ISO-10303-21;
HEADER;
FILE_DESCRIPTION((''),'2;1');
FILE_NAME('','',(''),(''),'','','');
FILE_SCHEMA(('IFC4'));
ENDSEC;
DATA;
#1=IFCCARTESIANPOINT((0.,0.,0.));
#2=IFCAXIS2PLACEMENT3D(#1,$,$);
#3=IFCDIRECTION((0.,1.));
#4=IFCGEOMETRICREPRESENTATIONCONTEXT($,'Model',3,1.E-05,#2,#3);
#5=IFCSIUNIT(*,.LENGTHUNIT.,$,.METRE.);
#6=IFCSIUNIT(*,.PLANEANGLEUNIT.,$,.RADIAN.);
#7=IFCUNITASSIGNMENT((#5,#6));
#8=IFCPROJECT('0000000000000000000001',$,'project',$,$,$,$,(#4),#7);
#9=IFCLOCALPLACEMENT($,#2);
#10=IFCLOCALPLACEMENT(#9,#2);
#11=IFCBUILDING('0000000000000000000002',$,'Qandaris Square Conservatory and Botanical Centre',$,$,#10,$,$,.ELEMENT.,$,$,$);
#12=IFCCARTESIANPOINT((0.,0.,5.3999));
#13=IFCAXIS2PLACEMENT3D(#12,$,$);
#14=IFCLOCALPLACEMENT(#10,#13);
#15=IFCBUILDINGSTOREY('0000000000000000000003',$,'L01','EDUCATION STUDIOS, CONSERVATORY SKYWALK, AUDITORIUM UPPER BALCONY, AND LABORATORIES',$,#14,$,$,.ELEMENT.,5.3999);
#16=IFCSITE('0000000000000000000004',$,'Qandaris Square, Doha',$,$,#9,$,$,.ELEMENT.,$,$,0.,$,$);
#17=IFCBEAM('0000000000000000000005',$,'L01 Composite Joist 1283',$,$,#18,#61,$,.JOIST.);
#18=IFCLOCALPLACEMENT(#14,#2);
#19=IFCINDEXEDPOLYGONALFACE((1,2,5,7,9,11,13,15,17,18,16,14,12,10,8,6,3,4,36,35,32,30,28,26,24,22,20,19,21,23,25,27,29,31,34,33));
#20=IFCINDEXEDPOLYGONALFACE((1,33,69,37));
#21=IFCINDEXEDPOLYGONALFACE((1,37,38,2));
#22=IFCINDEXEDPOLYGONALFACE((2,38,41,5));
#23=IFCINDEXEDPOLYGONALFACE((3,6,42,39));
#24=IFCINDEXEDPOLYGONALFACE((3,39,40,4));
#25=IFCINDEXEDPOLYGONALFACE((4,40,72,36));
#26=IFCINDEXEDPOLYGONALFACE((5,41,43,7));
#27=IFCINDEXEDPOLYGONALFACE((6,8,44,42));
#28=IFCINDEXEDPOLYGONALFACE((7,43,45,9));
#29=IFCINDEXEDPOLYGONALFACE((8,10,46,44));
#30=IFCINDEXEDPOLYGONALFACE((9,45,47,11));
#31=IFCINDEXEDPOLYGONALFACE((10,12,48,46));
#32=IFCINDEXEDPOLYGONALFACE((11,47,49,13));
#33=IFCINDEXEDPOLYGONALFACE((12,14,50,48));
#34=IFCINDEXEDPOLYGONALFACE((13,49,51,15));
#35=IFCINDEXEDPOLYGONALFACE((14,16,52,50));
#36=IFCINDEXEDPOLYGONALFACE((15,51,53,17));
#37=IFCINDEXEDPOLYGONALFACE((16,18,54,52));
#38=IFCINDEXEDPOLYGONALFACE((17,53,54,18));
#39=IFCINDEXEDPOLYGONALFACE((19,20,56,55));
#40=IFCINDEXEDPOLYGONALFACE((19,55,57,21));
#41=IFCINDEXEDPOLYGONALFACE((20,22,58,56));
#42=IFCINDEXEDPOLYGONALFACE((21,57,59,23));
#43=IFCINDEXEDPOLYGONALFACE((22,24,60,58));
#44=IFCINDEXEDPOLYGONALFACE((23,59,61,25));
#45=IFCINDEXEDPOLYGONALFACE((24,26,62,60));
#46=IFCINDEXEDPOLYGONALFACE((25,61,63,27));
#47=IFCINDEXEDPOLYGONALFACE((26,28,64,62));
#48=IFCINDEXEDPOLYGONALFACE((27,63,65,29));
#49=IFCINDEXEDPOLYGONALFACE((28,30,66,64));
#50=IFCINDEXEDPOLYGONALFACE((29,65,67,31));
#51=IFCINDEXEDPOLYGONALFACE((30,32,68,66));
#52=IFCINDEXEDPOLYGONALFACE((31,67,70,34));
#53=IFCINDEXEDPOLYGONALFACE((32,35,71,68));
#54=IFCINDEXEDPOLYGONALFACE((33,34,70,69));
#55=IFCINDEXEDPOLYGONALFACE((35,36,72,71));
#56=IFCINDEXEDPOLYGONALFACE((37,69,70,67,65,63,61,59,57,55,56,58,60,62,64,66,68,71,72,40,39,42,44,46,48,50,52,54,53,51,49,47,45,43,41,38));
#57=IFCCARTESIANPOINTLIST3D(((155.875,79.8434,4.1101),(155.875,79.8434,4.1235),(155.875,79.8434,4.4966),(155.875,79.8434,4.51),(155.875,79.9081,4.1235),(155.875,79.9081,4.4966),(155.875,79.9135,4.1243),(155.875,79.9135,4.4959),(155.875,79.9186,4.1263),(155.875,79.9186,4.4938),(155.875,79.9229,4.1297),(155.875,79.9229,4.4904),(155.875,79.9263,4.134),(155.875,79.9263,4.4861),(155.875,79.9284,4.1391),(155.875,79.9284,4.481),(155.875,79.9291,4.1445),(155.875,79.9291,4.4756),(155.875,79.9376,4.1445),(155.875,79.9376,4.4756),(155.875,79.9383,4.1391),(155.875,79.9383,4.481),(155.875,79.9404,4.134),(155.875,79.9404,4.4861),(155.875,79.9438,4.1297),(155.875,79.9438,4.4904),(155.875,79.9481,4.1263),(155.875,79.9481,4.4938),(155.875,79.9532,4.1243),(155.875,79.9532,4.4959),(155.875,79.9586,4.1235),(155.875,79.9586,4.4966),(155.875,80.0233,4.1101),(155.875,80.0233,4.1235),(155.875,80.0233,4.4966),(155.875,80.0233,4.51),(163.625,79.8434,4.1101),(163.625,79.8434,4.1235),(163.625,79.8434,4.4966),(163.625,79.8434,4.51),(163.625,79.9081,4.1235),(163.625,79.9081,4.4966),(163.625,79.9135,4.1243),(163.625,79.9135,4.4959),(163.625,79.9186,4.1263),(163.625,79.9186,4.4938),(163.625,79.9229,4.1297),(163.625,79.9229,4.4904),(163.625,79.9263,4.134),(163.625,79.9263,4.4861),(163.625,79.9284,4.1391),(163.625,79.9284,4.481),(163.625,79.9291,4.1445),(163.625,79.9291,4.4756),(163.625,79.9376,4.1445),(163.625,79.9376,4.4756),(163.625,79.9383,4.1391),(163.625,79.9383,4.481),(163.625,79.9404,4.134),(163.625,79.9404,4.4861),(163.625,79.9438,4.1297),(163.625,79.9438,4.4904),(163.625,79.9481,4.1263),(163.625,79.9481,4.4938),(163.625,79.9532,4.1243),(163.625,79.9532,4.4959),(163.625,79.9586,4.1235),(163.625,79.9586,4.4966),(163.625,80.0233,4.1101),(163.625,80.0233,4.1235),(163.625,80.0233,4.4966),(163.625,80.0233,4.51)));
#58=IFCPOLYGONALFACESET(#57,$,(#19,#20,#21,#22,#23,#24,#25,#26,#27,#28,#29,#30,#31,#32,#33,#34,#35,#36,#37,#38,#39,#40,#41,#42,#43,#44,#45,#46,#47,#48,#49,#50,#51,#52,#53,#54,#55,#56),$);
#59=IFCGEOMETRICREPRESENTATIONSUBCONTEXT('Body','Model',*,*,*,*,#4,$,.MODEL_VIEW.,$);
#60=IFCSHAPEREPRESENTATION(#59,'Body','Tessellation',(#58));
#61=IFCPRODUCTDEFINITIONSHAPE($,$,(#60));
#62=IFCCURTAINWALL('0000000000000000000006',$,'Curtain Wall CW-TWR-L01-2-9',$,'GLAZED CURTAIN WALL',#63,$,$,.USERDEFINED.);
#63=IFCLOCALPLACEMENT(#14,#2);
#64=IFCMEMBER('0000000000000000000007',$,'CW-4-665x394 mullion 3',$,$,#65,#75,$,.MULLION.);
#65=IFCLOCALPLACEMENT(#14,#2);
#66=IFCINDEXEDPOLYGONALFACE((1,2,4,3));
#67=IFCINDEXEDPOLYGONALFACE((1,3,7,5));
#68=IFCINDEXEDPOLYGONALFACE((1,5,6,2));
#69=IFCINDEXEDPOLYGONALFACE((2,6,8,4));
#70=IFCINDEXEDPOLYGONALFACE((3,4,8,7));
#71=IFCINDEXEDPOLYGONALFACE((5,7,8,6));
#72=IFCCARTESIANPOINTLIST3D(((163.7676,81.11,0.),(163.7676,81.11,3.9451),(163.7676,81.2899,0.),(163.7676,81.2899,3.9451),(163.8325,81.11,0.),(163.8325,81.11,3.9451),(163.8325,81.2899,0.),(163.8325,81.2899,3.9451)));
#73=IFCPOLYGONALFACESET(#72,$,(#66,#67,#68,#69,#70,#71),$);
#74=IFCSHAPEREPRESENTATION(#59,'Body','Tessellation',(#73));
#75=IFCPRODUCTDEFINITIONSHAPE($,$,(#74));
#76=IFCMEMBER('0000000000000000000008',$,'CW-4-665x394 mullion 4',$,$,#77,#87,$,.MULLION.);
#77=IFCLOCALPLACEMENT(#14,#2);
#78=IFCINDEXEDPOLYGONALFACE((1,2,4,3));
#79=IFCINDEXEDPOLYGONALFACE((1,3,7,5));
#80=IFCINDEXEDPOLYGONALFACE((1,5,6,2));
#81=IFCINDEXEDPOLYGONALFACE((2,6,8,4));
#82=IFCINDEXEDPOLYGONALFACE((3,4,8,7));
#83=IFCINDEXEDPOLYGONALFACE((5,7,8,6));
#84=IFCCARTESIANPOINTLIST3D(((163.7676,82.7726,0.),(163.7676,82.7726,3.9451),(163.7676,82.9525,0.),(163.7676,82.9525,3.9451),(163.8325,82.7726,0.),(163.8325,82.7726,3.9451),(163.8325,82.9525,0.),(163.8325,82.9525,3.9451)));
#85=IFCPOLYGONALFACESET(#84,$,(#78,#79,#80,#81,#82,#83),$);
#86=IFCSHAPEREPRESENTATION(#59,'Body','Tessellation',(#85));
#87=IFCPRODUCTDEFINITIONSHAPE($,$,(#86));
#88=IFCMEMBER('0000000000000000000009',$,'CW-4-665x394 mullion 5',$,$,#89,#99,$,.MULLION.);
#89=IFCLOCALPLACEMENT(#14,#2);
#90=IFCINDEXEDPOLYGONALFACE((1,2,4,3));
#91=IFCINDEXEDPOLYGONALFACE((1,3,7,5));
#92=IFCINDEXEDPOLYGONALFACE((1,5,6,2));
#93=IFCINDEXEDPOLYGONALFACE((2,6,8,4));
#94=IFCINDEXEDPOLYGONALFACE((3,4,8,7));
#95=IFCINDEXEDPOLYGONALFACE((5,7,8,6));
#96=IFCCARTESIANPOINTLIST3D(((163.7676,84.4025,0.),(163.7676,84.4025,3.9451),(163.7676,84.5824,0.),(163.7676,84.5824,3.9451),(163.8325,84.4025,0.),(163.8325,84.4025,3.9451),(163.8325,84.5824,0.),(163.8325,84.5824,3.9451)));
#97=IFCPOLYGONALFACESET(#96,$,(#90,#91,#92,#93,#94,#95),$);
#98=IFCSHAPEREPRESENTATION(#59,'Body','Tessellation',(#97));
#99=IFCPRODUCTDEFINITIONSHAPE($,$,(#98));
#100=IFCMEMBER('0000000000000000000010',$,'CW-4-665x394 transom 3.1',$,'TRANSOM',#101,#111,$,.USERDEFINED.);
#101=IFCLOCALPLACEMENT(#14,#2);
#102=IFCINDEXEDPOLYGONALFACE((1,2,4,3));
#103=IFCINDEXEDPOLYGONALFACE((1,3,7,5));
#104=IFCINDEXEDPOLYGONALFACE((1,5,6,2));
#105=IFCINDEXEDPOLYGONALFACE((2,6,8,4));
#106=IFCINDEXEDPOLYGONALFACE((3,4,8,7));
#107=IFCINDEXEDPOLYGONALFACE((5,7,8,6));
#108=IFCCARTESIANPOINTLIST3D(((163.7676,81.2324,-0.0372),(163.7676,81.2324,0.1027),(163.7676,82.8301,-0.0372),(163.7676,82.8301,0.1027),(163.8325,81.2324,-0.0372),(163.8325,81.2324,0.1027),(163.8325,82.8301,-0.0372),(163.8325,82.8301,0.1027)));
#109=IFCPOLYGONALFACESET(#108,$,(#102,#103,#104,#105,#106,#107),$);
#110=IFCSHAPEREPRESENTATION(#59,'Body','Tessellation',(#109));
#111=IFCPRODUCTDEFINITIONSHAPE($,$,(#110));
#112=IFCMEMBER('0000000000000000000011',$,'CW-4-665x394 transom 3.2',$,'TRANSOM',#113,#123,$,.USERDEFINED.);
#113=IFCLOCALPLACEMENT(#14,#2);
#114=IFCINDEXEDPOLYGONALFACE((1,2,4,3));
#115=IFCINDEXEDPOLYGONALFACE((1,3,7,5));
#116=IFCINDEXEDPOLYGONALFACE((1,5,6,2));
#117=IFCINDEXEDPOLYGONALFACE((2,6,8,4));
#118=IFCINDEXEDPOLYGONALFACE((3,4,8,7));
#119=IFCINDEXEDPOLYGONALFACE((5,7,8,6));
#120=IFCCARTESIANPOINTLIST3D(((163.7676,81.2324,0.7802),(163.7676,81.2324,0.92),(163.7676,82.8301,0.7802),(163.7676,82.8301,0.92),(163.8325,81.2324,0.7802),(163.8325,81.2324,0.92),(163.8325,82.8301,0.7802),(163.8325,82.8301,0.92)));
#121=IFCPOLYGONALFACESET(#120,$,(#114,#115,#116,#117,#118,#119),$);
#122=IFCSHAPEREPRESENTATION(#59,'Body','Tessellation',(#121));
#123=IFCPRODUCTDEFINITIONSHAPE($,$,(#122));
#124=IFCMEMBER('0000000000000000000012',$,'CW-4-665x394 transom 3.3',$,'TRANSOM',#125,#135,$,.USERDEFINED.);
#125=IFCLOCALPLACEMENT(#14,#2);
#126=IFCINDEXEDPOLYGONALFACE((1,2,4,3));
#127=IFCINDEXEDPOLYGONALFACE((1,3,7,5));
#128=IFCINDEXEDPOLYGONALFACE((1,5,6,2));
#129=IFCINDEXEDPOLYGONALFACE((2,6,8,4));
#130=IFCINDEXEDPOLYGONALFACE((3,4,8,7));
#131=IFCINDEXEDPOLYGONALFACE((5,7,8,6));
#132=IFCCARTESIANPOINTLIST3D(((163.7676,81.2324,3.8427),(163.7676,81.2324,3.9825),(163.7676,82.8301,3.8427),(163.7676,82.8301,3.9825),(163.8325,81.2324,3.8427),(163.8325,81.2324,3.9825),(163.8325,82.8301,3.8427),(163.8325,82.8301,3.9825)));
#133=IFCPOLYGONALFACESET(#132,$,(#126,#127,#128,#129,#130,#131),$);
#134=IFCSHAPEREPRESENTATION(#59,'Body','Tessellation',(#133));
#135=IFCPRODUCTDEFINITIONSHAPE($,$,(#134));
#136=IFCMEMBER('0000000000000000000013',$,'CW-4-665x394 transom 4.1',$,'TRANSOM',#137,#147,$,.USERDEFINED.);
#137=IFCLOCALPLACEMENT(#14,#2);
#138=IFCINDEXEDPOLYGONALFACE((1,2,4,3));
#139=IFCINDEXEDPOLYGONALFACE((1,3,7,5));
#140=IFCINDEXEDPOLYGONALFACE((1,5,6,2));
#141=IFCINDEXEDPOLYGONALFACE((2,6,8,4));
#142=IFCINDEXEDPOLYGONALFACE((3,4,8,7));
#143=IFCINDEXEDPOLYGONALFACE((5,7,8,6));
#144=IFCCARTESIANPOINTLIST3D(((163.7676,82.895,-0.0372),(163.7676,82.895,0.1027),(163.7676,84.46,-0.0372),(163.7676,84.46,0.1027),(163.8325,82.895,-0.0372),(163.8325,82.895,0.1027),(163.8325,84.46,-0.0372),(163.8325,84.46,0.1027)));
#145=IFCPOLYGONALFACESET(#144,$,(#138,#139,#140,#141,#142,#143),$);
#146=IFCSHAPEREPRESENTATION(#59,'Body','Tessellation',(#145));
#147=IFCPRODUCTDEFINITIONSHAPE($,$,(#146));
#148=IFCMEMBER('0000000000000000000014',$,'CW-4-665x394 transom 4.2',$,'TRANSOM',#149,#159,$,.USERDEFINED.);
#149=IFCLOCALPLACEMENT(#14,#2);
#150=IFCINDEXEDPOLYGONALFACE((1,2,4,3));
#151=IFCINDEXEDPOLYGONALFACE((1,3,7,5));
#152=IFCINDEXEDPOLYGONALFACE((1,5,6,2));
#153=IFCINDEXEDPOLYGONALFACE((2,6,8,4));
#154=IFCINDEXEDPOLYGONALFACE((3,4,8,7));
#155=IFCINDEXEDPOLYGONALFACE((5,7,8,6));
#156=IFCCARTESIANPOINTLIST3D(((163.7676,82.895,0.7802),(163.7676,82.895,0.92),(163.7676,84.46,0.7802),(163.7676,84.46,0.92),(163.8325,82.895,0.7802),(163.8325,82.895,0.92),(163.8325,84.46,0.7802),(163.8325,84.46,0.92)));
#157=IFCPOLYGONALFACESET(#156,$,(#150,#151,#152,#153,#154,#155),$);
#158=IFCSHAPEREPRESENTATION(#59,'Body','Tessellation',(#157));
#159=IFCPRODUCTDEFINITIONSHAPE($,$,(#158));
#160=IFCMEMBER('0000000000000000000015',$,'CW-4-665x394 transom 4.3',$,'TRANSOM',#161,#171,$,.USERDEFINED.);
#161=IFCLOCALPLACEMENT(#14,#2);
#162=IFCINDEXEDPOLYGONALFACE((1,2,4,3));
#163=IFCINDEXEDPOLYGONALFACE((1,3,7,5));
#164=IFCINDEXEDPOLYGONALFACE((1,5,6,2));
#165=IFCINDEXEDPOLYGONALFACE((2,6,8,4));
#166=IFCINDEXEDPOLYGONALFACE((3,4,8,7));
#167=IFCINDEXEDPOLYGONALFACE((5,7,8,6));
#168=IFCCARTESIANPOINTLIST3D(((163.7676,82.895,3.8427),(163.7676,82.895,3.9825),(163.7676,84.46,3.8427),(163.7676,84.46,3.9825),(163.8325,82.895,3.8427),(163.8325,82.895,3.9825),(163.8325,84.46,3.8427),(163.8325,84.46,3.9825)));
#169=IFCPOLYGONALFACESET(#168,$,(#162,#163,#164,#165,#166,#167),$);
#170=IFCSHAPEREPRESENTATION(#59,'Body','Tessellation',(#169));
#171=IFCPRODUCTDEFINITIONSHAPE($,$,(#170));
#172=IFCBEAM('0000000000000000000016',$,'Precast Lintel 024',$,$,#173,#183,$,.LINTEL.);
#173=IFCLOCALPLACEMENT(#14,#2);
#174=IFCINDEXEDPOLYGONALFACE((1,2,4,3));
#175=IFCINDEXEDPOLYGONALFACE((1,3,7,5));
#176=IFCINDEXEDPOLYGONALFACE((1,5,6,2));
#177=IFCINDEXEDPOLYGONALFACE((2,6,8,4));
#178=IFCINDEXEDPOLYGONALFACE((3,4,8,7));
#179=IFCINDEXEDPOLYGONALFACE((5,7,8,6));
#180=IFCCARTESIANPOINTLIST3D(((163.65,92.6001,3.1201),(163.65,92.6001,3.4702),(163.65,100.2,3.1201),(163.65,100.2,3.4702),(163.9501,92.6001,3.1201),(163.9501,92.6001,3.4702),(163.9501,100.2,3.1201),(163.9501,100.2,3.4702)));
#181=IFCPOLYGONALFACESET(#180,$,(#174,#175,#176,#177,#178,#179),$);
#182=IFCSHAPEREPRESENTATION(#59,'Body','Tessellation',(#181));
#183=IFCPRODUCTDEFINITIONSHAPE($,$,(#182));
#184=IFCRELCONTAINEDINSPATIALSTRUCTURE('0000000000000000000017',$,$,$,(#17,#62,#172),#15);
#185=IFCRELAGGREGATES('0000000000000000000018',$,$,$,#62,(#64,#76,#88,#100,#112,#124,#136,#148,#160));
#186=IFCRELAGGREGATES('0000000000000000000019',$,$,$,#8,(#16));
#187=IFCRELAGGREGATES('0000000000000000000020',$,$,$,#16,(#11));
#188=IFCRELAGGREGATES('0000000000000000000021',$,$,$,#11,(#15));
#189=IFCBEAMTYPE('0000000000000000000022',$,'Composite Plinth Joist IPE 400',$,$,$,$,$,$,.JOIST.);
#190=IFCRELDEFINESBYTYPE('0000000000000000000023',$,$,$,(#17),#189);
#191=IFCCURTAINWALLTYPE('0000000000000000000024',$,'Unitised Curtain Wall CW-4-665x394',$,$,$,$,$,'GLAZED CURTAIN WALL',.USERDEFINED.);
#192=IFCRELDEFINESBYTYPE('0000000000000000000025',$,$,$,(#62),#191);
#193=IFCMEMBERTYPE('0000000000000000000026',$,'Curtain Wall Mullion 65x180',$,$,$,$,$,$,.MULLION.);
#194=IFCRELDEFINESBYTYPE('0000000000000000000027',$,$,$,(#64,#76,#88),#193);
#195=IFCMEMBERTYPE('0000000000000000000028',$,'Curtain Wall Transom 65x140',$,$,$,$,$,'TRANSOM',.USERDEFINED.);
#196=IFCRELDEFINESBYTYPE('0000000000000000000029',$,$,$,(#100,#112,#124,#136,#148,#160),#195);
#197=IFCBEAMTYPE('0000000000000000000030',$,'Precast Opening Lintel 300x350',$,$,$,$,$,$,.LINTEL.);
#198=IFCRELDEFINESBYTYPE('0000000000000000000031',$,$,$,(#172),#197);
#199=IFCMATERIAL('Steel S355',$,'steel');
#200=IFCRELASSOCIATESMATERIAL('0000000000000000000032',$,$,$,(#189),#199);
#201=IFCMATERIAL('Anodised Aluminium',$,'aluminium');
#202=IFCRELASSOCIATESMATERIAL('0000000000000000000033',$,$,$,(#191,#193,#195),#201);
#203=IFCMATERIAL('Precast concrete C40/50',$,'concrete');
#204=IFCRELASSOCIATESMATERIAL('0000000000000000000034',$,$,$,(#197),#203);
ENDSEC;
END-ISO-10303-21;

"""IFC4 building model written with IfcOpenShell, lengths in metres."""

from ifc_helpers import new_model, si_unit, direction, frame, origin, origin_2d, place, context, subcontext, project, spatial, rectangle, i_section, extrude, material, material_profile, profile_set, type_object, element, aggregate, save


model = new_model("IFC4")

# Units and contexts
model_context = context("Model", 3, precision=1e-05, world=origin(), true_north=direction((0.0, 1.0)))
body_context = subcontext(model_context, "Body", "Model", "MODEL_VIEW")
ifc_project = project(units=[si_unit("LENGTHUNIT", "METRE"), si_unit("PLANEANGLEUNIT", "RADIAN")], contexts=[model_context])

# Site, building, storey
site_placement = place(None, origin())
site = spatial("IfcSite", under=ifc_project, at=site_placement, Name="Qandaris Square, Doha", CompositionType="ELEMENT", RefElevation=0.0)
building_placement = place(site_placement, origin())
building = spatial("IfcBuilding", under=site, at=building_placement, Name="Qandaris Square Conservatory and Botanical Centre", CompositionType="ELEMENT")
storey_placement = place(building_placement, frame((0.0, 0.0, 5.3999)))
storey = spatial("IfcBuildingStorey", under=building, at=storey_placement, Name="L01", Description="EDUCATION STUDIOS, CONSERVATORY SKYWALK, AUDITORIUM UPPER BALCONY, AND LABORATORIES", CompositionType="ELEMENT", Elevation=5.3999)

# Beam
ifc_material_1 = material(Name="Steel S355", Category="steel")
ifc_material_profile_1 = material_profile(ifc_material_1, i_section(OverallWidth=0.1799, OverallDepth=0.3999, WebThickness=0.0085, FlangeThickness=0.0134, FilletRadius=0.021, at=origin_2d()), Name="IPE 400")
ifc_profile_set_1 = profile_set([ifc_material_profile_1], Name="Steel S355")
beam_type_1 = type_object("IfcBeamType", Name="Composite Plinth Joist IPE 400", PredefinedType="JOIST", material=ifc_profile_set_1)
beam_1_placement = place(storey_placement, frame((155.875, 79.9333, 4.3101), z_axis=(1.0, 0.0, 0.0), x_axis=(0.0, 1.0, 0.0)))
element("IfcBeam", 1, at=beam_1_placement, inside=storey, type_object=beam_type_1, Name="L01 Composite Joist 1283", PredefinedType="JOIST", context=body_context, shape_type="SweptSolid", body=[
    extrude(i_section(OverallWidth=0.1799, OverallDepth=0.3999, WebThickness=0.0085, FlangeThickness=0.0134, FilletRadius=0.021, at=origin_2d()), origin(), (0.0, 0.0, 1.0), 7.75),
])

# Curtain wall, members
ifc_material_2 = material(Name="Anodised Aluminium", Category="aluminium")
curtain_wall_type = type_object("IfcCurtainWallType", Name="Unitised Curtain Wall CW-4-665x394", ElementType="GLAZED CURTAIN WALL", PredefinedType="USERDEFINED", material=ifc_material_2)
curtain_wall_placement = place(storey_placement, origin())
curtain_wall = element("IfcCurtainWall", 2, at=curtain_wall_placement, inside=storey, type_object=curtain_wall_type, Name="Curtain Wall CW-TWR-L01-2-9", ObjectType="GLAZED CURTAIN WALL", PredefinedType="USERDEFINED")
ifc_material_profile_2 = material_profile(ifc_material_2, rectangle(XDim=0.0649, YDim=0.1799, at=origin_2d()), Name="ALU-MUL 65x180")
ifc_profile_set_2 = profile_set([ifc_material_profile_2], Name="Anodised Aluminium")
member_type_1 = type_object("IfcMemberType", Name="Curtain Wall Mullion 65x180", PredefinedType="MULLION", material=ifc_profile_set_2)
member_1_placement = place(storey_placement, frame((163.8, 81.2, 0.0), z_axis=(0.0, 0.0, 1.0), x_axis=(-1.0, 0.0, 0.0)))
member_1 = element("IfcMember", 3, at=member_1_placement, type_object=member_type_1, Name="CW-4-665x394 mullion 3", PredefinedType="MULLION", context=body_context, shape_type="SweptSolid", body=[
    extrude(rectangle(XDim=0.0649, YDim=0.1799, at=origin_2d()), origin(), (0.0, 0.0, 1.0), 3.9451),
])
member_2_placement = place(storey_placement, frame((163.8, 82.8625, 0.0), z_axis=(0.0, 0.0, 1.0), x_axis=(-1.0, 0.0, 0.0)))
member_2 = element("IfcMember", 4, at=member_2_placement, type_object=member_type_1, Name="CW-4-665x394 mullion 4", PredefinedType="MULLION", context=body_context, shape_type="SweptSolid", body=[
    extrude(rectangle(XDim=0.0649, YDim=0.1799, at=origin_2d()), origin(), (0.0, 0.0, 1.0), 3.9451),
])
member_3_placement = place(storey_placement, frame((163.8, 84.4924, 0.0), z_axis=(0.0, 0.0, 1.0), x_axis=(-1.0, 0.0, 0.0)))
member_3 = element("IfcMember", 5, at=member_3_placement, type_object=member_type_1, Name="CW-4-665x394 mullion 5", PredefinedType="MULLION", context=body_context, shape_type="SweptSolid", body=[
    extrude(rectangle(XDim=0.0649, YDim=0.1799, at=origin_2d()), origin(), (0.0, 0.0, 1.0), 3.9451),
])
ifc_material_profile_3 = material_profile(ifc_material_2, rectangle(XDim=0.0649, YDim=0.1399, at=origin_2d()), Name="ALU-TRN 65x140")
ifc_profile_set_3 = profile_set([ifc_material_profile_3], Name="Anodised Aluminium")
member_type_2 = type_object("IfcMemberType", Name="Curtain Wall Transom 65x140", ElementType="TRANSOM", PredefinedType="USERDEFINED", material=ifc_profile_set_3)
member_4_placement = place(storey_placement, frame((163.8, 81.2324, 0.0327), z_axis=(0.0, 1.0, 0.0), x_axis=(-1.0, 0.0, 0.0)))
member_4 = element("IfcMember", 6, at=member_4_placement, type_object=member_type_2, Name="CW-4-665x394 transom 3.1", ObjectType="TRANSOM", PredefinedType="USERDEFINED", context=body_context, shape_type="SweptSolid", body=[
    extrude(rectangle(XDim=0.0649, YDim=0.1399, at=origin_2d()), origin(), (0.0, 0.0, 1.0), 1.5977),
])
member_5_placement = place(storey_placement, frame((163.8, 81.2324, 0.8501), z_axis=(0.0, 1.0, 0.0), x_axis=(-1.0, 0.0, 0.0)))
member_5 = element("IfcMember", 7, at=member_5_placement, type_object=member_type_2, Name="CW-4-665x394 transom 3.2", ObjectType="TRANSOM", PredefinedType="USERDEFINED", context=body_context, shape_type="SweptSolid", body=[
    extrude(rectangle(XDim=0.0649, YDim=0.1399, at=origin_2d()), origin(), (0.0, 0.0, 1.0), 1.5977),
])
member_6_placement = place(storey_placement, frame((163.8, 81.2324, 3.9126), z_axis=(0.0, 1.0, 0.0), x_axis=(-1.0, 0.0, 0.0)))
member_6 = element("IfcMember", 8, at=member_6_placement, type_object=member_type_2, Name="CW-4-665x394 transom 3.3", ObjectType="TRANSOM", PredefinedType="USERDEFINED", context=body_context, shape_type="SweptSolid", body=[
    extrude(rectangle(XDim=0.0649, YDim=0.1399, at=origin_2d()), origin(), (0.0, 0.0, 1.0), 1.5977),
])
member_7_placement = place(storey_placement, frame((163.8, 82.895, 0.0327), z_axis=(0.0, 1.0, 0.0), x_axis=(-1.0, 0.0, 0.0)))
member_7 = element("IfcMember", 9, at=member_7_placement, type_object=member_type_2, Name="CW-4-665x394 transom 4.1", ObjectType="TRANSOM", PredefinedType="USERDEFINED", context=body_context, shape_type="SweptSolid", body=[
    extrude(rectangle(XDim=0.0649, YDim=0.1399, at=origin_2d()), origin(), (0.0, 0.0, 1.0), 1.5649),
])
member_8_placement = place(storey_placement, frame((163.8, 82.895, 0.8501), z_axis=(0.0, 1.0, 0.0), x_axis=(-1.0, 0.0, 0.0)))
member_8 = element("IfcMember", 10, at=member_8_placement, type_object=member_type_2, Name="CW-4-665x394 transom 4.2", ObjectType="TRANSOM", PredefinedType="USERDEFINED", context=body_context, shape_type="SweptSolid", body=[
    extrude(rectangle(XDim=0.0649, YDim=0.1399, at=origin_2d()), origin(), (0.0, 0.0, 1.0), 1.5649),
])
member_9_placement = place(storey_placement, frame((163.8, 82.895, 3.9126), z_axis=(0.0, 1.0, 0.0), x_axis=(-1.0, 0.0, 0.0)))
member_9 = element("IfcMember", 11, at=member_9_placement, type_object=member_type_2, Name="CW-4-665x394 transom 4.3", ObjectType="TRANSOM", PredefinedType="USERDEFINED", context=body_context, shape_type="SweptSolid", body=[
    extrude(rectangle(XDim=0.0649, YDim=0.1399, at=origin_2d()), origin(), (0.0, 0.0, 1.0), 1.5649),
])

# Beam
ifc_material_3 = material(Name="Precast concrete C40/50", Category="concrete")
ifc_material_profile_4 = material_profile(ifc_material_3, rectangle(XDim=0.3, YDim=0.3501, at=origin_2d()), Name="RC-LN 300x350")
ifc_profile_set_4 = profile_set([ifc_material_profile_4], Name="Precast concrete C40/50")
beam_type_2 = type_object("IfcBeamType", Name="Precast Opening Lintel 300x350", PredefinedType="LINTEL", material=ifc_profile_set_4)
beam_2_placement = place(storey_placement, frame((163.8, 92.6001, 3.2952), z_axis=(0.0, 1.0, 0.0), x_axis=(-1.0, 0.0, 0.0)))
element("IfcBeam", 12, at=beam_2_placement, inside=storey, type_object=beam_type_2, Name="Precast Lintel 024", PredefinedType="LINTEL", context=body_context, shape_type="SweptSolid", body=[
    extrude(rectangle(XDim=0.3, YDim=0.3501, at=origin_2d()), origin(), (0.0, 0.0, 1.0), 7.5999),
])

aggregate(curtain_wall, [member_1, member_2, member_3, member_4, member_5, member_6, member_7, member_8, member_9])

save(model, "model.ifc")
